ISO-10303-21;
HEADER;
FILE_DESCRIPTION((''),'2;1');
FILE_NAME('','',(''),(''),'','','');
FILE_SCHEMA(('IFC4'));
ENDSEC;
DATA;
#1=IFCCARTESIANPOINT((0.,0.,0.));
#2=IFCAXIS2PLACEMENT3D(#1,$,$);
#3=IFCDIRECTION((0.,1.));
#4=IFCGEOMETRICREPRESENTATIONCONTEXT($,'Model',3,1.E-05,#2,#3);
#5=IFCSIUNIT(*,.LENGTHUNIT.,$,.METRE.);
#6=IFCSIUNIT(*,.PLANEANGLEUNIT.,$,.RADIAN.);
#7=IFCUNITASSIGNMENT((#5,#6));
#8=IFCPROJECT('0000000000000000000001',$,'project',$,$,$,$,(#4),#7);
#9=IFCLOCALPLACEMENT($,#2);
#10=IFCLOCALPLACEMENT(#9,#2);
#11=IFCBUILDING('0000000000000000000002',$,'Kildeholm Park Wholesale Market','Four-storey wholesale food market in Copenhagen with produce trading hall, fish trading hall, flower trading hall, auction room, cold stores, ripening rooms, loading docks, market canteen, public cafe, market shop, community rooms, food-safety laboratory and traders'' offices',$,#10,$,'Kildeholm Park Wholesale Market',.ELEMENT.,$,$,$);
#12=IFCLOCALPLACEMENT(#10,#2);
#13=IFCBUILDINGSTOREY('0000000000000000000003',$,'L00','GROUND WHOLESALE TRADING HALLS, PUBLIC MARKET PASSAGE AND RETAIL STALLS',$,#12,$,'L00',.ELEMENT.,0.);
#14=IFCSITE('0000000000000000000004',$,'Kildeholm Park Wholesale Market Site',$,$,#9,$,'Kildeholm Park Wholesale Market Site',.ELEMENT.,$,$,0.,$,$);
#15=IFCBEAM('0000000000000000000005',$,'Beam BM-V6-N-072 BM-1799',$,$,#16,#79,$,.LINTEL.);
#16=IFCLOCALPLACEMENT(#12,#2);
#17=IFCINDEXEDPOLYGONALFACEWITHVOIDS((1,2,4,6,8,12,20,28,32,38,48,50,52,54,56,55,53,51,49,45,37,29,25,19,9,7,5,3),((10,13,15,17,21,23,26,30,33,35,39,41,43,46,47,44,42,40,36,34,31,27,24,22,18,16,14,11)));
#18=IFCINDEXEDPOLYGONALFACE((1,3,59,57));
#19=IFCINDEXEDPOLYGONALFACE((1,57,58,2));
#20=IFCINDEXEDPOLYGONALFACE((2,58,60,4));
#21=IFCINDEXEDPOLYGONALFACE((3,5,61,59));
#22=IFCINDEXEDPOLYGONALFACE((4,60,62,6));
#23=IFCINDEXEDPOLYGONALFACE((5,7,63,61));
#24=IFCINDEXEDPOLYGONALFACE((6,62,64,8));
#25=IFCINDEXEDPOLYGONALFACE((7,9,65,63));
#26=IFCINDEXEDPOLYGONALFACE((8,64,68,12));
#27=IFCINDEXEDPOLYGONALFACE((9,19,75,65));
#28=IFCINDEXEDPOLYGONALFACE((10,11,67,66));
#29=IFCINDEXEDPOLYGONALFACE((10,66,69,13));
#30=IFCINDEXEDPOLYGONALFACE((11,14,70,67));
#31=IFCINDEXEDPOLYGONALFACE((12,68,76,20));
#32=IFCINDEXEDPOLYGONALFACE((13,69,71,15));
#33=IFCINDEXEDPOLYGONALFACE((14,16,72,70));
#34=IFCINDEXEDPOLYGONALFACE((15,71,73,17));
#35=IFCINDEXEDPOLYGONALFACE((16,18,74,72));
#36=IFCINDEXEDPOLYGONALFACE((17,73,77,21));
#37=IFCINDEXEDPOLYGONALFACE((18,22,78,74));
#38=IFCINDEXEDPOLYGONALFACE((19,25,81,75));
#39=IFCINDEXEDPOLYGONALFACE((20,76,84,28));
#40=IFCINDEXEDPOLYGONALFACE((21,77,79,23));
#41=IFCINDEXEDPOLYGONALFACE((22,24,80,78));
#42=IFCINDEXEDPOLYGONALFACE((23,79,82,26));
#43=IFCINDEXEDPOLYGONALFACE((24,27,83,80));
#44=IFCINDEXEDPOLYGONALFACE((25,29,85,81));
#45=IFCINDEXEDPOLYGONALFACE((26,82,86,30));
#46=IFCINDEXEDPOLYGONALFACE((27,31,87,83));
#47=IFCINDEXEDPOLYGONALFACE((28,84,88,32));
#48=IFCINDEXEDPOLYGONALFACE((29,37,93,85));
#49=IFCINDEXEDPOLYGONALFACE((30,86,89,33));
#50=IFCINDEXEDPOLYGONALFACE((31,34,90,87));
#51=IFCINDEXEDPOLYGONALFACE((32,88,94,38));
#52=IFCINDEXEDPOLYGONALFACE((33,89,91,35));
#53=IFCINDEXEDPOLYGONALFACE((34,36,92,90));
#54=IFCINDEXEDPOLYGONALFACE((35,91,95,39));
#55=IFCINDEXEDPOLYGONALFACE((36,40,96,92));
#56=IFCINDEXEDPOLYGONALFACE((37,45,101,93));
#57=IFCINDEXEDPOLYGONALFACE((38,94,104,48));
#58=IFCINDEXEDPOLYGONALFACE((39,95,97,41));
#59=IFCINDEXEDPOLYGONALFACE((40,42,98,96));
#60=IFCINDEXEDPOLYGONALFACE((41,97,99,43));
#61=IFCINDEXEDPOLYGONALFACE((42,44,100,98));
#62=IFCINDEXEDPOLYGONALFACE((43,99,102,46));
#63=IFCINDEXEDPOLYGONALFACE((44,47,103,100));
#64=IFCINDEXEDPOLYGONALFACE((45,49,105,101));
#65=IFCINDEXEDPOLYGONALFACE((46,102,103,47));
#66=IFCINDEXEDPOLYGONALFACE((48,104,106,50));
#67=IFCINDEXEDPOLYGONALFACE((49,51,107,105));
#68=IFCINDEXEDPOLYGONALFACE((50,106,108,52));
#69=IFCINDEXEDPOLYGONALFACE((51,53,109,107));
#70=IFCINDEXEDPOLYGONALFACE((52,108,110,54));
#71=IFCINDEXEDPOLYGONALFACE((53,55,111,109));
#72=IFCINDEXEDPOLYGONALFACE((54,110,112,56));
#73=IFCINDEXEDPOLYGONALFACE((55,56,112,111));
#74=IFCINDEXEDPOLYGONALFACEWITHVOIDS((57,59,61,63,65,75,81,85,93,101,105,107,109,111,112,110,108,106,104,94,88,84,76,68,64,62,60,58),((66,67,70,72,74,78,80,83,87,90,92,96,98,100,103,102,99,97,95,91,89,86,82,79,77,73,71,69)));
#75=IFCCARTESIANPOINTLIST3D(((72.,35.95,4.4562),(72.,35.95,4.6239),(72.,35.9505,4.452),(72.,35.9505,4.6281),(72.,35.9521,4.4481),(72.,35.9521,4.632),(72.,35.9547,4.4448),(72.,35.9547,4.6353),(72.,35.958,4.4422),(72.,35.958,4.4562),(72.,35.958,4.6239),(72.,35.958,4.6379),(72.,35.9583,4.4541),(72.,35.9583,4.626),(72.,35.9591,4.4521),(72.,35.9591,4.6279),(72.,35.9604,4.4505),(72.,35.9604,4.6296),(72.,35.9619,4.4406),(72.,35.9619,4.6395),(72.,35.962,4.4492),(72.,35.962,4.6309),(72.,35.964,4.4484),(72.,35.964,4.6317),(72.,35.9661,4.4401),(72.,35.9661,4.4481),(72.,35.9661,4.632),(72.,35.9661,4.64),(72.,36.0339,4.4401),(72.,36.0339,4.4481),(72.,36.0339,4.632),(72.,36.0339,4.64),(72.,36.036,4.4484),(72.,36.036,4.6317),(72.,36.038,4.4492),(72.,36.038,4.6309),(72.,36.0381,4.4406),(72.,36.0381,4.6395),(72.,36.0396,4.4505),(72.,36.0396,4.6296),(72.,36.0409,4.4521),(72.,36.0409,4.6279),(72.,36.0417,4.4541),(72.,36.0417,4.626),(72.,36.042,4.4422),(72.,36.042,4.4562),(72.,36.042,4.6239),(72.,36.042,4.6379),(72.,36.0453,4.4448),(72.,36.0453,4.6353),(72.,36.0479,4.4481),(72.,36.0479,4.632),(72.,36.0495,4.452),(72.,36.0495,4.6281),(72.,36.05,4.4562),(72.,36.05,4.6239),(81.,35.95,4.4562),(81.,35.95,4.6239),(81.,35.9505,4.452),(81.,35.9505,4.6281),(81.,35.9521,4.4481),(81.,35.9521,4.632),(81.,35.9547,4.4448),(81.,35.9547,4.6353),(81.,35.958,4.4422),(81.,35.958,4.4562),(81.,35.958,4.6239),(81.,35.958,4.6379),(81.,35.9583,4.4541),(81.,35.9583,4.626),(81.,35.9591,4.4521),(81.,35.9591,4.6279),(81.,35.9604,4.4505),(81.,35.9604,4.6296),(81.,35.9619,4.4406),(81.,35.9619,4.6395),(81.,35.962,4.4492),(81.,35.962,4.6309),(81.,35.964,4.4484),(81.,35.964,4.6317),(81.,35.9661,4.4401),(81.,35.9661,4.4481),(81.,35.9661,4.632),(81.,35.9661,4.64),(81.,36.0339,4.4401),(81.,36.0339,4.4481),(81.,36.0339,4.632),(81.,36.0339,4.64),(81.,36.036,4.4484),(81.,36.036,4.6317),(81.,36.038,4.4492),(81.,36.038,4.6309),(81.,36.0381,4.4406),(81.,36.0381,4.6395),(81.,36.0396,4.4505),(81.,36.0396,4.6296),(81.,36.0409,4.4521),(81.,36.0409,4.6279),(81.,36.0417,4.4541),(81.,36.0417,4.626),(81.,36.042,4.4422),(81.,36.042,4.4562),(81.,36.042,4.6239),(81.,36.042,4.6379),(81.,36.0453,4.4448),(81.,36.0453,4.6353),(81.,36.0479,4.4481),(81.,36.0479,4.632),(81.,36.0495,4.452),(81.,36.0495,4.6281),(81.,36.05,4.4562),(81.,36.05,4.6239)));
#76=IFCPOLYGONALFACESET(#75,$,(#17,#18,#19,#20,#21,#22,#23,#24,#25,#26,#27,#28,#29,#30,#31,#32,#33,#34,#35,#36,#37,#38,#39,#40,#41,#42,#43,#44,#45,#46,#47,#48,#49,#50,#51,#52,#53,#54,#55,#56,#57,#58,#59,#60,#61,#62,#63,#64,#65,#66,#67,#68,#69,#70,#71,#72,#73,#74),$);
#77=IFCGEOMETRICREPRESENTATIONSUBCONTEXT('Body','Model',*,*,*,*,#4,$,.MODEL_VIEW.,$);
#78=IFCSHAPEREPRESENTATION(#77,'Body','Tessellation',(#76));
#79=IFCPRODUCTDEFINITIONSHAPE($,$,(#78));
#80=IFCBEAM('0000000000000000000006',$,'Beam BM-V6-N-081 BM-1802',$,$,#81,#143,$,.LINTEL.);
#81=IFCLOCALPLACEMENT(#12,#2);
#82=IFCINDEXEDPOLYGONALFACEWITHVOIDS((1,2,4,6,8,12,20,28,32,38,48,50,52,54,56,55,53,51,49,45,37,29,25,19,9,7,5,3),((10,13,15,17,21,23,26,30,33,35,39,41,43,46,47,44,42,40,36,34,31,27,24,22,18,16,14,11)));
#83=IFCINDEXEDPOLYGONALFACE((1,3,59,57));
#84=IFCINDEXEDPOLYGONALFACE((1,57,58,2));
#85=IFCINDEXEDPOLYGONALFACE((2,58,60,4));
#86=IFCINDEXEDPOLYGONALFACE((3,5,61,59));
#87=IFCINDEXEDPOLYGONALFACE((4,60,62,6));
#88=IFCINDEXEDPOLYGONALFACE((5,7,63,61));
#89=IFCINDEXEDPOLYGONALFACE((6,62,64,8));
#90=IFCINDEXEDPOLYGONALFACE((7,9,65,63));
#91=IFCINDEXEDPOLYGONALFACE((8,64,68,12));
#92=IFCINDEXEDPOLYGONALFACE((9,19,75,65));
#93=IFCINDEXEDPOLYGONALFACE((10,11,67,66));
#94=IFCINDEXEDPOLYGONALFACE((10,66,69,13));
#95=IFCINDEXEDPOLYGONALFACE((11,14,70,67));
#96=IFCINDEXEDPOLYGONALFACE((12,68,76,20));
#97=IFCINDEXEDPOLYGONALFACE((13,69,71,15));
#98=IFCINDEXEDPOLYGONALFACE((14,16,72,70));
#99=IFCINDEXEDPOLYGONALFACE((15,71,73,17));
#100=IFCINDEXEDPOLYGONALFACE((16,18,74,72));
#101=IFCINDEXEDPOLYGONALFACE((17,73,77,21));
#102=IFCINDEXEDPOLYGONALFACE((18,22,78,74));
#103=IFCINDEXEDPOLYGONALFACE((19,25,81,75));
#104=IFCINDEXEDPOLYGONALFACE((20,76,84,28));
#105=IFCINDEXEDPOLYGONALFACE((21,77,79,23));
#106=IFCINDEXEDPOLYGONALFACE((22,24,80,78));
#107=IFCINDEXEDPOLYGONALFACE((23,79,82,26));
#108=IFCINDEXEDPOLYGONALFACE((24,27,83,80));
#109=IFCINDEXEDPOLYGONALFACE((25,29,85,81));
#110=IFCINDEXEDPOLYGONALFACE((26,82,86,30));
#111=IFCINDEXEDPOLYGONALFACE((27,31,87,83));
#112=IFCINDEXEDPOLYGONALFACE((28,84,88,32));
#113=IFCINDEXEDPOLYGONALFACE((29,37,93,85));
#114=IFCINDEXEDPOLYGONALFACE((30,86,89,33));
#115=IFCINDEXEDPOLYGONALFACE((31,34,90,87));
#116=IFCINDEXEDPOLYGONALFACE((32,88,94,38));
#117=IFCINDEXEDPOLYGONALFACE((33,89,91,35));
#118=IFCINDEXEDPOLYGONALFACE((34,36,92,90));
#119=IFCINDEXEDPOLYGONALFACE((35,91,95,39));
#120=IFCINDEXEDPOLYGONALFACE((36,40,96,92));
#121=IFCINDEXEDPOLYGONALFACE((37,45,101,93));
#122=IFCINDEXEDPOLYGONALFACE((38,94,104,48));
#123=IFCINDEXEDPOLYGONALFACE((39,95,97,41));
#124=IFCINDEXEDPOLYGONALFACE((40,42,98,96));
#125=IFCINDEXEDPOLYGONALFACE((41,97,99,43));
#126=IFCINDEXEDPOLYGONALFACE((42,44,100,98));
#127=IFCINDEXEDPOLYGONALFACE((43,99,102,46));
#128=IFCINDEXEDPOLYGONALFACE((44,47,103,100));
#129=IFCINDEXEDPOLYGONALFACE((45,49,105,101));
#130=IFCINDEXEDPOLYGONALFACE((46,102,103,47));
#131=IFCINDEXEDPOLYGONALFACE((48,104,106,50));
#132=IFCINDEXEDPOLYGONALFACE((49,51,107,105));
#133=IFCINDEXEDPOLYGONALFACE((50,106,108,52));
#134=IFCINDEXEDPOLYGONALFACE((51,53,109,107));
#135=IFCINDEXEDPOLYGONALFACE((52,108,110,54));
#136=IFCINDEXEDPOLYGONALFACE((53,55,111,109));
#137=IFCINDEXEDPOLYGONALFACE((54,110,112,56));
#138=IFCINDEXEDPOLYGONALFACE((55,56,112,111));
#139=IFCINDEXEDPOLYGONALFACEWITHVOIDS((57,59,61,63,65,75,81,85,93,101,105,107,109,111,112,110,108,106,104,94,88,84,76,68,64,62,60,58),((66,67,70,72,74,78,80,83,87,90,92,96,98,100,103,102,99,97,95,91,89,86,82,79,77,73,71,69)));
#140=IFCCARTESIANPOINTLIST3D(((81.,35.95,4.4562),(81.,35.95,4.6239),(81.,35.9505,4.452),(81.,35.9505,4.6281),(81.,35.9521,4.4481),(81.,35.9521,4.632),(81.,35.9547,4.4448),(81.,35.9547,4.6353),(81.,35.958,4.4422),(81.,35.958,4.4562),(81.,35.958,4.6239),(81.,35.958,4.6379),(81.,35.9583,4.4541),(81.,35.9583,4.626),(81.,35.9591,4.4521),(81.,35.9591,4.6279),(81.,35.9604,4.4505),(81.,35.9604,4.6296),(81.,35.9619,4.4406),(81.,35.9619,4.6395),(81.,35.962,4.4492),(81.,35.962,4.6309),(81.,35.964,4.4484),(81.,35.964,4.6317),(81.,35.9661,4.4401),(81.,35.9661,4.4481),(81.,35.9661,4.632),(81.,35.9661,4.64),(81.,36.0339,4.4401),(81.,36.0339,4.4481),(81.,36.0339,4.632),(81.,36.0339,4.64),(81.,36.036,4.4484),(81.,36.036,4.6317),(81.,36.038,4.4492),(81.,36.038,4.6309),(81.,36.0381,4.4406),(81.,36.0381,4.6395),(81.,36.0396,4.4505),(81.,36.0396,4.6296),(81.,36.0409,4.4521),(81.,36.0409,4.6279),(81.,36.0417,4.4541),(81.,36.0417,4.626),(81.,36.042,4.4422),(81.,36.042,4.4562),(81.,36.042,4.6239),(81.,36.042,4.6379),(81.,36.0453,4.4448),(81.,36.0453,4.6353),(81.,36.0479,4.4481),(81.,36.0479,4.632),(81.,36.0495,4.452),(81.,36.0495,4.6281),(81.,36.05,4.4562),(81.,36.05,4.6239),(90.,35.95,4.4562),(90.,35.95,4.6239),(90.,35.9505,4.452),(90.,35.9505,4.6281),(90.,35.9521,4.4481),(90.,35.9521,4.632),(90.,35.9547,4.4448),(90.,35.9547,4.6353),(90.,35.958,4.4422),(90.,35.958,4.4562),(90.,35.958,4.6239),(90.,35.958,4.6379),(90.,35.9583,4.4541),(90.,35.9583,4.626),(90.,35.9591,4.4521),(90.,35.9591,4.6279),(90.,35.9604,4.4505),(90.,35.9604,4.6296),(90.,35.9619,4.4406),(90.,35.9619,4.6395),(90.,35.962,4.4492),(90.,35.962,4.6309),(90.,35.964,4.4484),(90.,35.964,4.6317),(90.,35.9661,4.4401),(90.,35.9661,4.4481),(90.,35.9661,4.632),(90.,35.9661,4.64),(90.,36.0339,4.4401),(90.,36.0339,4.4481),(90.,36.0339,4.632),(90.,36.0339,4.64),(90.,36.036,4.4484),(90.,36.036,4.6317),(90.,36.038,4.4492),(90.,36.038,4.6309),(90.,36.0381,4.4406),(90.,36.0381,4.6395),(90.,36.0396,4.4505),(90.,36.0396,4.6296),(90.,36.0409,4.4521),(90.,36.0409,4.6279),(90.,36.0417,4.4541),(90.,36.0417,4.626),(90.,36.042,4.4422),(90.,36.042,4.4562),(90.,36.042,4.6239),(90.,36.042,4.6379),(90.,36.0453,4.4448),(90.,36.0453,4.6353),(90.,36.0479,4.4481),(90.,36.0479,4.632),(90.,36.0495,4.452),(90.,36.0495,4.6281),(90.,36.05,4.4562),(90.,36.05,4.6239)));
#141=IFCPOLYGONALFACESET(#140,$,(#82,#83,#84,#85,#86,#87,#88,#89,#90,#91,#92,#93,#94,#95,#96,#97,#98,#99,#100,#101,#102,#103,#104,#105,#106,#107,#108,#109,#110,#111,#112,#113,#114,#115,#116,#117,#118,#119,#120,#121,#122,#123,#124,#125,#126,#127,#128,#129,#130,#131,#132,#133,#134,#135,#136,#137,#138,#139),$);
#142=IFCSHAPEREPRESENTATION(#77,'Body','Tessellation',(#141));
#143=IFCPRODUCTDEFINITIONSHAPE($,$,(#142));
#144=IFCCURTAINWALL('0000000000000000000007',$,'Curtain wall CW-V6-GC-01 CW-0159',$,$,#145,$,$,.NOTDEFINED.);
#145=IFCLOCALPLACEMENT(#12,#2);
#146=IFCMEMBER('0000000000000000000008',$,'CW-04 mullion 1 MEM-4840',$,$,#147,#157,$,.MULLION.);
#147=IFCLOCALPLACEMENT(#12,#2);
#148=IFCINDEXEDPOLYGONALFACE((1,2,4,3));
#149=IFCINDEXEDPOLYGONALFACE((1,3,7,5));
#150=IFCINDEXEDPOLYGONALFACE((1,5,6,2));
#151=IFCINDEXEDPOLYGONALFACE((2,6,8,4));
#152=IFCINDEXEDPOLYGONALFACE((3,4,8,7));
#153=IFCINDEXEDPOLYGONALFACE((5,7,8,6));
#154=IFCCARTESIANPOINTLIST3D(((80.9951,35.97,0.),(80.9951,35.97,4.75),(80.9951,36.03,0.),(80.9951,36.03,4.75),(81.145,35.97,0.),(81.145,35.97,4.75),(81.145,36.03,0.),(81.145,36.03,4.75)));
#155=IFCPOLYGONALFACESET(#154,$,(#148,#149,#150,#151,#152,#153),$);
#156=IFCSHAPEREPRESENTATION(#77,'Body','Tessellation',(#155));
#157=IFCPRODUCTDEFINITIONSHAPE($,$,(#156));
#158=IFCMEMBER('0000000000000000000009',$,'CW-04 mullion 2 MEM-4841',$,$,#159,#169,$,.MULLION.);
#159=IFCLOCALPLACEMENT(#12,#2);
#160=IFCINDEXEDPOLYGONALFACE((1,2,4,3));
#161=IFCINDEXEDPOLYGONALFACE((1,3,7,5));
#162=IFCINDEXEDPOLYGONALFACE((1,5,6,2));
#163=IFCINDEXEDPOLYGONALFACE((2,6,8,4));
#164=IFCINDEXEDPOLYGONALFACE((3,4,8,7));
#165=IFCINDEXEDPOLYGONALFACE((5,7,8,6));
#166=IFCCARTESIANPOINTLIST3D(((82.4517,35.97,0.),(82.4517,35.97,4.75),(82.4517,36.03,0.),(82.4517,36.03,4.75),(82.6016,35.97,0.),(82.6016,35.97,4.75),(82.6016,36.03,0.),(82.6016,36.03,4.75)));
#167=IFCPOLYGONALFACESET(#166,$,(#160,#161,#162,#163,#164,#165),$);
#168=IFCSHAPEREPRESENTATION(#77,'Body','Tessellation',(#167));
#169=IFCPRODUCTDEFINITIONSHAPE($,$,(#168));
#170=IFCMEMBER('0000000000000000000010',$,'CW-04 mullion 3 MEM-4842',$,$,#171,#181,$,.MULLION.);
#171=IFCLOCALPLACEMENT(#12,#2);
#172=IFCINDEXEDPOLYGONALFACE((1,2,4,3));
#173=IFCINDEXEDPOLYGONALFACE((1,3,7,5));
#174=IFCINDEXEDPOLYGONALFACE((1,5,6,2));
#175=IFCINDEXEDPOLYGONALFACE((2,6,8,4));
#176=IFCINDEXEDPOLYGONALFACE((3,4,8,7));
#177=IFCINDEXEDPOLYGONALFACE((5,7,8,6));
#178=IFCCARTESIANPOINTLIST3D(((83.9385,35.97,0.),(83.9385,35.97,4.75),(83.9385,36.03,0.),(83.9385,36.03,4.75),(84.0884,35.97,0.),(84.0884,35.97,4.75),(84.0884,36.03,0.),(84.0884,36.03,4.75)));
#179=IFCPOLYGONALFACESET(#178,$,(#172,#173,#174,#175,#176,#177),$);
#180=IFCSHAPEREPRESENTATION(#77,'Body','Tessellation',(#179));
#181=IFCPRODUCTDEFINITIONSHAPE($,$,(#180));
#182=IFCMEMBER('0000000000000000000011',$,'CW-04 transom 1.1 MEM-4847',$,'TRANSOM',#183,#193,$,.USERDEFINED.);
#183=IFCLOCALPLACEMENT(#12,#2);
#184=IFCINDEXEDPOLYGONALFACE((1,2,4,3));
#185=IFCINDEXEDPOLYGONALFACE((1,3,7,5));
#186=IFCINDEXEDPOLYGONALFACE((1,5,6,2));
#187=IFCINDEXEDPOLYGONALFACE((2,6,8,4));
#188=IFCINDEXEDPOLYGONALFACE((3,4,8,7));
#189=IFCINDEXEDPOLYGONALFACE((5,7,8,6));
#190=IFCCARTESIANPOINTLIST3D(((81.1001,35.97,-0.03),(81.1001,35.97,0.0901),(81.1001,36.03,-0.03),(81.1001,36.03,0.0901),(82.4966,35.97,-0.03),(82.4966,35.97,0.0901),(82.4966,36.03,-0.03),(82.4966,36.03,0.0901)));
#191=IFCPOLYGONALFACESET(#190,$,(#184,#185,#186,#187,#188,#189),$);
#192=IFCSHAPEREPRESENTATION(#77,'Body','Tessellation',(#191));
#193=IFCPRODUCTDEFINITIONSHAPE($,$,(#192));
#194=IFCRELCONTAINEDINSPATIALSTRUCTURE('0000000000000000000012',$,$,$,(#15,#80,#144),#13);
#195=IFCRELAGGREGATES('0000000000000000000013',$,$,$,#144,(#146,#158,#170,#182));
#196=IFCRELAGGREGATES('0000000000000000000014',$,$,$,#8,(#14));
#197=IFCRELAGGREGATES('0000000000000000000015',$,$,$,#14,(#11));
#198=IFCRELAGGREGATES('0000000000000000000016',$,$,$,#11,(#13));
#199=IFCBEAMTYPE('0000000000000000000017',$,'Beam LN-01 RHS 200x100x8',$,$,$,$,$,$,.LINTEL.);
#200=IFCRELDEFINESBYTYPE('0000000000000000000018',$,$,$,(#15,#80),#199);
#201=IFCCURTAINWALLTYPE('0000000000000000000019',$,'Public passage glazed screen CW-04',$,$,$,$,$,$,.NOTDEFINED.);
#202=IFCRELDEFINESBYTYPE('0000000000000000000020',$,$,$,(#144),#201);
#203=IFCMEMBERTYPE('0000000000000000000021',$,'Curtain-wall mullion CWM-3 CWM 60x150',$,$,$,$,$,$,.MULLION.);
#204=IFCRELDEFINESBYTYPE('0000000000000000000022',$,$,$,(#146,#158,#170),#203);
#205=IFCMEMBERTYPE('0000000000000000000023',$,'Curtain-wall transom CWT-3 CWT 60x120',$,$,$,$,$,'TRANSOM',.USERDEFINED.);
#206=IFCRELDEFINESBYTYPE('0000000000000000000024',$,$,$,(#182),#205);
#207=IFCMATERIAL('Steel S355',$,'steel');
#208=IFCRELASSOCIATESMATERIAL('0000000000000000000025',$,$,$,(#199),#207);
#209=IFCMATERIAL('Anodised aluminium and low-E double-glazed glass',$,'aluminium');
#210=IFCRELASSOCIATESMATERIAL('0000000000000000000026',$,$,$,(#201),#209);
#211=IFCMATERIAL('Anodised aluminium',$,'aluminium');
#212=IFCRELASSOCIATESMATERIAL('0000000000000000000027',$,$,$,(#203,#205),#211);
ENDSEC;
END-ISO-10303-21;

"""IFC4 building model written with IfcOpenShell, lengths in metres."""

from ifc_helpers import new_model, si_unit, direction, frame, origin, origin_2d, place, context, subcontext, project, spatial, rectangle, hollow_rectangle, extrude, material, material_profile, profile_set, type_object, element, aggregate, save


model = new_model("IFC4")

# Units and contexts
model_context = context("Model", 3, precision=1e-05, world=origin(), true_north=direction((0.0, 1.0)))
body_context = subcontext(model_context, "Body", "Model", "MODEL_VIEW")
ifc_project = project(units=[si_unit("LENGTHUNIT", "METRE"), si_unit("PLANEANGLEUNIT", "RADIAN")], contexts=[model_context])

# Site, building, storey
site_placement = place(None, origin())
site = spatial("IfcSite", under=ifc_project, at=site_placement, Name="Kildeholm Park Wholesale Market Site", LongName="Kildeholm Park Wholesale Market Site", CompositionType="ELEMENT", RefElevation=0.0)
building_placement = place(site_placement, origin())
building = spatial("IfcBuilding", under=site, at=building_placement, Name="Kildeholm Park Wholesale Market", Description="Four-storey wholesale food market in Copenhagen with produce trading hall, fish trading hall, flower trading hall, auction room, cold stores, ripening rooms, loading docks, market canteen, public cafe, market shop, community rooms, food-safety laboratory and traders' offices", LongName="Kildeholm Park Wholesale Market", CompositionType="ELEMENT")
storey_placement = place(building_placement, origin())
storey = spatial("IfcBuildingStorey", under=building, at=storey_placement, Name="L00", Description="GROUND WHOLESALE TRADING HALLS, PUBLIC MARKET PASSAGE AND RETAIL STALLS", LongName="L00", CompositionType="ELEMENT", Elevation=0.0)

# Shared definitions
ifc_material_1 = material(Name="Steel S355", Category="steel")

# Beams
ifc_material_profile_1 = material_profile(ifc_material_1, hollow_rectangle(XDim=0.1001, YDim=0.2, WallThickness=0.0081, InnerFilletRadius=0.0081, OuterFilletRadius=0.0161, at=origin_2d()), Name="RHS 200x100x8")
ifc_profile_set_1 = profile_set([ifc_material_profile_1], Name="Steel S355")
beam_type = type_object("IfcBeamType", Name="Beam LN-01 RHS 200x100x8", PredefinedType="LINTEL", material=ifc_profile_set_1)
for number, where, z_axis, x_axis, name in (
    (1, (72.0, 36.0, 4.54), (1.0, 0.0, 0.0), (0.0, 1.0, 0.0), "Beam BM-V6-N-072 BM-1799"),
    (2, (81.0, 36.0, 4.54), (1.0, 0.0, 0.0), (0.0, 1.0, 0.0), "Beam BM-V6-N-081 BM-1802"),
):
    element("IfcBeam", number, at=place(storey_placement, frame(where, z_axis=z_axis, x_axis=x_axis)), inside=storey, type_object=beam_type, Name=name, PredefinedType="LINTEL", context=body_context, shape_type="SweptSolid", body=[
        extrude(hollow_rectangle(XDim=0.1001, YDim=0.2, WallThickness=0.0081, InnerFilletRadius=0.0081, OuterFilletRadius=0.0161, at=origin_2d()), origin(), (0.0, 0.0, 1.0), 9.0),
    ])

# Curtain wall, members
ifc_material_2 = material(Name="Anodised aluminium and low-E double-glazed glass", Category="aluminium")
curtain_wall_type = type_object("IfcCurtainWallType", Name="Public passage glazed screen CW-04", PredefinedType="NOTDEFINED", material=ifc_material_2)
curtain_wall_placement = place(storey_placement, origin())
curtain_wall = element("IfcCurtainWall", 3, at=curtain_wall_placement, inside=storey, type_object=curtain_wall_type, Name="Curtain wall CW-V6-GC-01 CW-0159", PredefinedType="NOTDEFINED")
ifc_material_3 = material(Name="Anodised aluminium", Category="aluminium")
ifc_material_profile_2 = material_profile(ifc_material_3, rectangle(XDim=0.0601, YDim=0.1499, at=origin_2d()), Name="CWM 60x150")
ifc_profile_set_2 = profile_set([ifc_material_profile_2], Name="Anodised aluminium")
member_type_1 = type_object("IfcMemberType", Name="Curtain-wall mullion CWM-3 CWM 60x150", PredefinedType="MULLION", material=ifc_profile_set_2)
member_1_placement = place(storey_placement, frame((81.0701, 36.0, 0.0), z_axis=(0.0, 0.0, 1.0), x_axis=(0.0, 1.0, 0.0)))
member_1 = element("IfcMember", 4, at=member_1_placement, type_object=member_type_1, Name="CW-04 mullion 1 MEM-4840", PredefinedType="MULLION", context=body_context, shape_type="SweptSolid", body=[
    extrude(rectangle(XDim=0.0601, YDim=0.1499, at=origin_2d()), origin(), (0.0, 0.0, 1.0), 4.75),
])
member_2_placement = place(storey_placement, frame((82.5266, 36.0, 0.0), z_axis=(0.0, 0.0, 1.0), x_axis=(0.0, 1.0, 0.0)))
member_2 = element("IfcMember", 5, at=member_2_placement, type_object=member_type_1, Name="CW-04 mullion 2 MEM-4841", PredefinedType="MULLION", context=body_context, shape_type="SweptSolid", body=[
    extrude(rectangle(XDim=0.0601, YDim=0.1499, at=origin_2d()), origin(), (0.0, 0.0, 1.0), 4.75),
])
member_3_placement = place(storey_placement, frame((84.0134, 36.0, 0.0), z_axis=(0.0, 0.0, 1.0), x_axis=(0.0, 1.0, 0.0)))
member_3 = element("IfcMember", 6, at=member_3_placement, type_object=member_type_1, Name="CW-04 mullion 3 MEM-4842", PredefinedType="MULLION", context=body_context, shape_type="SweptSolid", body=[
    extrude(rectangle(XDim=0.0601, YDim=0.1499, at=origin_2d()), origin(), (0.0, 0.0, 1.0), 4.75),
])
ifc_material_profile_3 = material_profile(ifc_material_3, rectangle(XDim=0.0601, YDim=0.1201, at=origin_2d()), Name="CWT 60x120")
ifc_profile_set_3 = profile_set([ifc_material_profile_3], Name="Anodised aluminium")
member_type_2 = type_object("IfcMemberType", Name="Curtain-wall transom CWT-3 CWT 60x120", ElementType="TRANSOM", PredefinedType="USERDEFINED", material=ifc_profile_set_3)
member_4_placement = place(storey_placement, frame((81.1001, 36.0, 0.03), z_axis=(1.0, 0.0, 0.0), x_axis=(0.0, 1.0, 0.0)))
member_4 = element("IfcMember", 7, at=member_4_placement, type_object=member_type_2, Name="CW-04 transom 1.1 MEM-4847", ObjectType="TRANSOM", PredefinedType="USERDEFINED", context=body_context, shape_type="SweptSolid", body=[
    extrude(rectangle(XDim=0.0601, YDim=0.1201, at=origin_2d()), origin(), (0.0, 0.0, 1.0), 1.3965),
])

aggregate(curtain_wall, [member_1, member_2, member_3, member_4])

save(model, "model.ifc")
